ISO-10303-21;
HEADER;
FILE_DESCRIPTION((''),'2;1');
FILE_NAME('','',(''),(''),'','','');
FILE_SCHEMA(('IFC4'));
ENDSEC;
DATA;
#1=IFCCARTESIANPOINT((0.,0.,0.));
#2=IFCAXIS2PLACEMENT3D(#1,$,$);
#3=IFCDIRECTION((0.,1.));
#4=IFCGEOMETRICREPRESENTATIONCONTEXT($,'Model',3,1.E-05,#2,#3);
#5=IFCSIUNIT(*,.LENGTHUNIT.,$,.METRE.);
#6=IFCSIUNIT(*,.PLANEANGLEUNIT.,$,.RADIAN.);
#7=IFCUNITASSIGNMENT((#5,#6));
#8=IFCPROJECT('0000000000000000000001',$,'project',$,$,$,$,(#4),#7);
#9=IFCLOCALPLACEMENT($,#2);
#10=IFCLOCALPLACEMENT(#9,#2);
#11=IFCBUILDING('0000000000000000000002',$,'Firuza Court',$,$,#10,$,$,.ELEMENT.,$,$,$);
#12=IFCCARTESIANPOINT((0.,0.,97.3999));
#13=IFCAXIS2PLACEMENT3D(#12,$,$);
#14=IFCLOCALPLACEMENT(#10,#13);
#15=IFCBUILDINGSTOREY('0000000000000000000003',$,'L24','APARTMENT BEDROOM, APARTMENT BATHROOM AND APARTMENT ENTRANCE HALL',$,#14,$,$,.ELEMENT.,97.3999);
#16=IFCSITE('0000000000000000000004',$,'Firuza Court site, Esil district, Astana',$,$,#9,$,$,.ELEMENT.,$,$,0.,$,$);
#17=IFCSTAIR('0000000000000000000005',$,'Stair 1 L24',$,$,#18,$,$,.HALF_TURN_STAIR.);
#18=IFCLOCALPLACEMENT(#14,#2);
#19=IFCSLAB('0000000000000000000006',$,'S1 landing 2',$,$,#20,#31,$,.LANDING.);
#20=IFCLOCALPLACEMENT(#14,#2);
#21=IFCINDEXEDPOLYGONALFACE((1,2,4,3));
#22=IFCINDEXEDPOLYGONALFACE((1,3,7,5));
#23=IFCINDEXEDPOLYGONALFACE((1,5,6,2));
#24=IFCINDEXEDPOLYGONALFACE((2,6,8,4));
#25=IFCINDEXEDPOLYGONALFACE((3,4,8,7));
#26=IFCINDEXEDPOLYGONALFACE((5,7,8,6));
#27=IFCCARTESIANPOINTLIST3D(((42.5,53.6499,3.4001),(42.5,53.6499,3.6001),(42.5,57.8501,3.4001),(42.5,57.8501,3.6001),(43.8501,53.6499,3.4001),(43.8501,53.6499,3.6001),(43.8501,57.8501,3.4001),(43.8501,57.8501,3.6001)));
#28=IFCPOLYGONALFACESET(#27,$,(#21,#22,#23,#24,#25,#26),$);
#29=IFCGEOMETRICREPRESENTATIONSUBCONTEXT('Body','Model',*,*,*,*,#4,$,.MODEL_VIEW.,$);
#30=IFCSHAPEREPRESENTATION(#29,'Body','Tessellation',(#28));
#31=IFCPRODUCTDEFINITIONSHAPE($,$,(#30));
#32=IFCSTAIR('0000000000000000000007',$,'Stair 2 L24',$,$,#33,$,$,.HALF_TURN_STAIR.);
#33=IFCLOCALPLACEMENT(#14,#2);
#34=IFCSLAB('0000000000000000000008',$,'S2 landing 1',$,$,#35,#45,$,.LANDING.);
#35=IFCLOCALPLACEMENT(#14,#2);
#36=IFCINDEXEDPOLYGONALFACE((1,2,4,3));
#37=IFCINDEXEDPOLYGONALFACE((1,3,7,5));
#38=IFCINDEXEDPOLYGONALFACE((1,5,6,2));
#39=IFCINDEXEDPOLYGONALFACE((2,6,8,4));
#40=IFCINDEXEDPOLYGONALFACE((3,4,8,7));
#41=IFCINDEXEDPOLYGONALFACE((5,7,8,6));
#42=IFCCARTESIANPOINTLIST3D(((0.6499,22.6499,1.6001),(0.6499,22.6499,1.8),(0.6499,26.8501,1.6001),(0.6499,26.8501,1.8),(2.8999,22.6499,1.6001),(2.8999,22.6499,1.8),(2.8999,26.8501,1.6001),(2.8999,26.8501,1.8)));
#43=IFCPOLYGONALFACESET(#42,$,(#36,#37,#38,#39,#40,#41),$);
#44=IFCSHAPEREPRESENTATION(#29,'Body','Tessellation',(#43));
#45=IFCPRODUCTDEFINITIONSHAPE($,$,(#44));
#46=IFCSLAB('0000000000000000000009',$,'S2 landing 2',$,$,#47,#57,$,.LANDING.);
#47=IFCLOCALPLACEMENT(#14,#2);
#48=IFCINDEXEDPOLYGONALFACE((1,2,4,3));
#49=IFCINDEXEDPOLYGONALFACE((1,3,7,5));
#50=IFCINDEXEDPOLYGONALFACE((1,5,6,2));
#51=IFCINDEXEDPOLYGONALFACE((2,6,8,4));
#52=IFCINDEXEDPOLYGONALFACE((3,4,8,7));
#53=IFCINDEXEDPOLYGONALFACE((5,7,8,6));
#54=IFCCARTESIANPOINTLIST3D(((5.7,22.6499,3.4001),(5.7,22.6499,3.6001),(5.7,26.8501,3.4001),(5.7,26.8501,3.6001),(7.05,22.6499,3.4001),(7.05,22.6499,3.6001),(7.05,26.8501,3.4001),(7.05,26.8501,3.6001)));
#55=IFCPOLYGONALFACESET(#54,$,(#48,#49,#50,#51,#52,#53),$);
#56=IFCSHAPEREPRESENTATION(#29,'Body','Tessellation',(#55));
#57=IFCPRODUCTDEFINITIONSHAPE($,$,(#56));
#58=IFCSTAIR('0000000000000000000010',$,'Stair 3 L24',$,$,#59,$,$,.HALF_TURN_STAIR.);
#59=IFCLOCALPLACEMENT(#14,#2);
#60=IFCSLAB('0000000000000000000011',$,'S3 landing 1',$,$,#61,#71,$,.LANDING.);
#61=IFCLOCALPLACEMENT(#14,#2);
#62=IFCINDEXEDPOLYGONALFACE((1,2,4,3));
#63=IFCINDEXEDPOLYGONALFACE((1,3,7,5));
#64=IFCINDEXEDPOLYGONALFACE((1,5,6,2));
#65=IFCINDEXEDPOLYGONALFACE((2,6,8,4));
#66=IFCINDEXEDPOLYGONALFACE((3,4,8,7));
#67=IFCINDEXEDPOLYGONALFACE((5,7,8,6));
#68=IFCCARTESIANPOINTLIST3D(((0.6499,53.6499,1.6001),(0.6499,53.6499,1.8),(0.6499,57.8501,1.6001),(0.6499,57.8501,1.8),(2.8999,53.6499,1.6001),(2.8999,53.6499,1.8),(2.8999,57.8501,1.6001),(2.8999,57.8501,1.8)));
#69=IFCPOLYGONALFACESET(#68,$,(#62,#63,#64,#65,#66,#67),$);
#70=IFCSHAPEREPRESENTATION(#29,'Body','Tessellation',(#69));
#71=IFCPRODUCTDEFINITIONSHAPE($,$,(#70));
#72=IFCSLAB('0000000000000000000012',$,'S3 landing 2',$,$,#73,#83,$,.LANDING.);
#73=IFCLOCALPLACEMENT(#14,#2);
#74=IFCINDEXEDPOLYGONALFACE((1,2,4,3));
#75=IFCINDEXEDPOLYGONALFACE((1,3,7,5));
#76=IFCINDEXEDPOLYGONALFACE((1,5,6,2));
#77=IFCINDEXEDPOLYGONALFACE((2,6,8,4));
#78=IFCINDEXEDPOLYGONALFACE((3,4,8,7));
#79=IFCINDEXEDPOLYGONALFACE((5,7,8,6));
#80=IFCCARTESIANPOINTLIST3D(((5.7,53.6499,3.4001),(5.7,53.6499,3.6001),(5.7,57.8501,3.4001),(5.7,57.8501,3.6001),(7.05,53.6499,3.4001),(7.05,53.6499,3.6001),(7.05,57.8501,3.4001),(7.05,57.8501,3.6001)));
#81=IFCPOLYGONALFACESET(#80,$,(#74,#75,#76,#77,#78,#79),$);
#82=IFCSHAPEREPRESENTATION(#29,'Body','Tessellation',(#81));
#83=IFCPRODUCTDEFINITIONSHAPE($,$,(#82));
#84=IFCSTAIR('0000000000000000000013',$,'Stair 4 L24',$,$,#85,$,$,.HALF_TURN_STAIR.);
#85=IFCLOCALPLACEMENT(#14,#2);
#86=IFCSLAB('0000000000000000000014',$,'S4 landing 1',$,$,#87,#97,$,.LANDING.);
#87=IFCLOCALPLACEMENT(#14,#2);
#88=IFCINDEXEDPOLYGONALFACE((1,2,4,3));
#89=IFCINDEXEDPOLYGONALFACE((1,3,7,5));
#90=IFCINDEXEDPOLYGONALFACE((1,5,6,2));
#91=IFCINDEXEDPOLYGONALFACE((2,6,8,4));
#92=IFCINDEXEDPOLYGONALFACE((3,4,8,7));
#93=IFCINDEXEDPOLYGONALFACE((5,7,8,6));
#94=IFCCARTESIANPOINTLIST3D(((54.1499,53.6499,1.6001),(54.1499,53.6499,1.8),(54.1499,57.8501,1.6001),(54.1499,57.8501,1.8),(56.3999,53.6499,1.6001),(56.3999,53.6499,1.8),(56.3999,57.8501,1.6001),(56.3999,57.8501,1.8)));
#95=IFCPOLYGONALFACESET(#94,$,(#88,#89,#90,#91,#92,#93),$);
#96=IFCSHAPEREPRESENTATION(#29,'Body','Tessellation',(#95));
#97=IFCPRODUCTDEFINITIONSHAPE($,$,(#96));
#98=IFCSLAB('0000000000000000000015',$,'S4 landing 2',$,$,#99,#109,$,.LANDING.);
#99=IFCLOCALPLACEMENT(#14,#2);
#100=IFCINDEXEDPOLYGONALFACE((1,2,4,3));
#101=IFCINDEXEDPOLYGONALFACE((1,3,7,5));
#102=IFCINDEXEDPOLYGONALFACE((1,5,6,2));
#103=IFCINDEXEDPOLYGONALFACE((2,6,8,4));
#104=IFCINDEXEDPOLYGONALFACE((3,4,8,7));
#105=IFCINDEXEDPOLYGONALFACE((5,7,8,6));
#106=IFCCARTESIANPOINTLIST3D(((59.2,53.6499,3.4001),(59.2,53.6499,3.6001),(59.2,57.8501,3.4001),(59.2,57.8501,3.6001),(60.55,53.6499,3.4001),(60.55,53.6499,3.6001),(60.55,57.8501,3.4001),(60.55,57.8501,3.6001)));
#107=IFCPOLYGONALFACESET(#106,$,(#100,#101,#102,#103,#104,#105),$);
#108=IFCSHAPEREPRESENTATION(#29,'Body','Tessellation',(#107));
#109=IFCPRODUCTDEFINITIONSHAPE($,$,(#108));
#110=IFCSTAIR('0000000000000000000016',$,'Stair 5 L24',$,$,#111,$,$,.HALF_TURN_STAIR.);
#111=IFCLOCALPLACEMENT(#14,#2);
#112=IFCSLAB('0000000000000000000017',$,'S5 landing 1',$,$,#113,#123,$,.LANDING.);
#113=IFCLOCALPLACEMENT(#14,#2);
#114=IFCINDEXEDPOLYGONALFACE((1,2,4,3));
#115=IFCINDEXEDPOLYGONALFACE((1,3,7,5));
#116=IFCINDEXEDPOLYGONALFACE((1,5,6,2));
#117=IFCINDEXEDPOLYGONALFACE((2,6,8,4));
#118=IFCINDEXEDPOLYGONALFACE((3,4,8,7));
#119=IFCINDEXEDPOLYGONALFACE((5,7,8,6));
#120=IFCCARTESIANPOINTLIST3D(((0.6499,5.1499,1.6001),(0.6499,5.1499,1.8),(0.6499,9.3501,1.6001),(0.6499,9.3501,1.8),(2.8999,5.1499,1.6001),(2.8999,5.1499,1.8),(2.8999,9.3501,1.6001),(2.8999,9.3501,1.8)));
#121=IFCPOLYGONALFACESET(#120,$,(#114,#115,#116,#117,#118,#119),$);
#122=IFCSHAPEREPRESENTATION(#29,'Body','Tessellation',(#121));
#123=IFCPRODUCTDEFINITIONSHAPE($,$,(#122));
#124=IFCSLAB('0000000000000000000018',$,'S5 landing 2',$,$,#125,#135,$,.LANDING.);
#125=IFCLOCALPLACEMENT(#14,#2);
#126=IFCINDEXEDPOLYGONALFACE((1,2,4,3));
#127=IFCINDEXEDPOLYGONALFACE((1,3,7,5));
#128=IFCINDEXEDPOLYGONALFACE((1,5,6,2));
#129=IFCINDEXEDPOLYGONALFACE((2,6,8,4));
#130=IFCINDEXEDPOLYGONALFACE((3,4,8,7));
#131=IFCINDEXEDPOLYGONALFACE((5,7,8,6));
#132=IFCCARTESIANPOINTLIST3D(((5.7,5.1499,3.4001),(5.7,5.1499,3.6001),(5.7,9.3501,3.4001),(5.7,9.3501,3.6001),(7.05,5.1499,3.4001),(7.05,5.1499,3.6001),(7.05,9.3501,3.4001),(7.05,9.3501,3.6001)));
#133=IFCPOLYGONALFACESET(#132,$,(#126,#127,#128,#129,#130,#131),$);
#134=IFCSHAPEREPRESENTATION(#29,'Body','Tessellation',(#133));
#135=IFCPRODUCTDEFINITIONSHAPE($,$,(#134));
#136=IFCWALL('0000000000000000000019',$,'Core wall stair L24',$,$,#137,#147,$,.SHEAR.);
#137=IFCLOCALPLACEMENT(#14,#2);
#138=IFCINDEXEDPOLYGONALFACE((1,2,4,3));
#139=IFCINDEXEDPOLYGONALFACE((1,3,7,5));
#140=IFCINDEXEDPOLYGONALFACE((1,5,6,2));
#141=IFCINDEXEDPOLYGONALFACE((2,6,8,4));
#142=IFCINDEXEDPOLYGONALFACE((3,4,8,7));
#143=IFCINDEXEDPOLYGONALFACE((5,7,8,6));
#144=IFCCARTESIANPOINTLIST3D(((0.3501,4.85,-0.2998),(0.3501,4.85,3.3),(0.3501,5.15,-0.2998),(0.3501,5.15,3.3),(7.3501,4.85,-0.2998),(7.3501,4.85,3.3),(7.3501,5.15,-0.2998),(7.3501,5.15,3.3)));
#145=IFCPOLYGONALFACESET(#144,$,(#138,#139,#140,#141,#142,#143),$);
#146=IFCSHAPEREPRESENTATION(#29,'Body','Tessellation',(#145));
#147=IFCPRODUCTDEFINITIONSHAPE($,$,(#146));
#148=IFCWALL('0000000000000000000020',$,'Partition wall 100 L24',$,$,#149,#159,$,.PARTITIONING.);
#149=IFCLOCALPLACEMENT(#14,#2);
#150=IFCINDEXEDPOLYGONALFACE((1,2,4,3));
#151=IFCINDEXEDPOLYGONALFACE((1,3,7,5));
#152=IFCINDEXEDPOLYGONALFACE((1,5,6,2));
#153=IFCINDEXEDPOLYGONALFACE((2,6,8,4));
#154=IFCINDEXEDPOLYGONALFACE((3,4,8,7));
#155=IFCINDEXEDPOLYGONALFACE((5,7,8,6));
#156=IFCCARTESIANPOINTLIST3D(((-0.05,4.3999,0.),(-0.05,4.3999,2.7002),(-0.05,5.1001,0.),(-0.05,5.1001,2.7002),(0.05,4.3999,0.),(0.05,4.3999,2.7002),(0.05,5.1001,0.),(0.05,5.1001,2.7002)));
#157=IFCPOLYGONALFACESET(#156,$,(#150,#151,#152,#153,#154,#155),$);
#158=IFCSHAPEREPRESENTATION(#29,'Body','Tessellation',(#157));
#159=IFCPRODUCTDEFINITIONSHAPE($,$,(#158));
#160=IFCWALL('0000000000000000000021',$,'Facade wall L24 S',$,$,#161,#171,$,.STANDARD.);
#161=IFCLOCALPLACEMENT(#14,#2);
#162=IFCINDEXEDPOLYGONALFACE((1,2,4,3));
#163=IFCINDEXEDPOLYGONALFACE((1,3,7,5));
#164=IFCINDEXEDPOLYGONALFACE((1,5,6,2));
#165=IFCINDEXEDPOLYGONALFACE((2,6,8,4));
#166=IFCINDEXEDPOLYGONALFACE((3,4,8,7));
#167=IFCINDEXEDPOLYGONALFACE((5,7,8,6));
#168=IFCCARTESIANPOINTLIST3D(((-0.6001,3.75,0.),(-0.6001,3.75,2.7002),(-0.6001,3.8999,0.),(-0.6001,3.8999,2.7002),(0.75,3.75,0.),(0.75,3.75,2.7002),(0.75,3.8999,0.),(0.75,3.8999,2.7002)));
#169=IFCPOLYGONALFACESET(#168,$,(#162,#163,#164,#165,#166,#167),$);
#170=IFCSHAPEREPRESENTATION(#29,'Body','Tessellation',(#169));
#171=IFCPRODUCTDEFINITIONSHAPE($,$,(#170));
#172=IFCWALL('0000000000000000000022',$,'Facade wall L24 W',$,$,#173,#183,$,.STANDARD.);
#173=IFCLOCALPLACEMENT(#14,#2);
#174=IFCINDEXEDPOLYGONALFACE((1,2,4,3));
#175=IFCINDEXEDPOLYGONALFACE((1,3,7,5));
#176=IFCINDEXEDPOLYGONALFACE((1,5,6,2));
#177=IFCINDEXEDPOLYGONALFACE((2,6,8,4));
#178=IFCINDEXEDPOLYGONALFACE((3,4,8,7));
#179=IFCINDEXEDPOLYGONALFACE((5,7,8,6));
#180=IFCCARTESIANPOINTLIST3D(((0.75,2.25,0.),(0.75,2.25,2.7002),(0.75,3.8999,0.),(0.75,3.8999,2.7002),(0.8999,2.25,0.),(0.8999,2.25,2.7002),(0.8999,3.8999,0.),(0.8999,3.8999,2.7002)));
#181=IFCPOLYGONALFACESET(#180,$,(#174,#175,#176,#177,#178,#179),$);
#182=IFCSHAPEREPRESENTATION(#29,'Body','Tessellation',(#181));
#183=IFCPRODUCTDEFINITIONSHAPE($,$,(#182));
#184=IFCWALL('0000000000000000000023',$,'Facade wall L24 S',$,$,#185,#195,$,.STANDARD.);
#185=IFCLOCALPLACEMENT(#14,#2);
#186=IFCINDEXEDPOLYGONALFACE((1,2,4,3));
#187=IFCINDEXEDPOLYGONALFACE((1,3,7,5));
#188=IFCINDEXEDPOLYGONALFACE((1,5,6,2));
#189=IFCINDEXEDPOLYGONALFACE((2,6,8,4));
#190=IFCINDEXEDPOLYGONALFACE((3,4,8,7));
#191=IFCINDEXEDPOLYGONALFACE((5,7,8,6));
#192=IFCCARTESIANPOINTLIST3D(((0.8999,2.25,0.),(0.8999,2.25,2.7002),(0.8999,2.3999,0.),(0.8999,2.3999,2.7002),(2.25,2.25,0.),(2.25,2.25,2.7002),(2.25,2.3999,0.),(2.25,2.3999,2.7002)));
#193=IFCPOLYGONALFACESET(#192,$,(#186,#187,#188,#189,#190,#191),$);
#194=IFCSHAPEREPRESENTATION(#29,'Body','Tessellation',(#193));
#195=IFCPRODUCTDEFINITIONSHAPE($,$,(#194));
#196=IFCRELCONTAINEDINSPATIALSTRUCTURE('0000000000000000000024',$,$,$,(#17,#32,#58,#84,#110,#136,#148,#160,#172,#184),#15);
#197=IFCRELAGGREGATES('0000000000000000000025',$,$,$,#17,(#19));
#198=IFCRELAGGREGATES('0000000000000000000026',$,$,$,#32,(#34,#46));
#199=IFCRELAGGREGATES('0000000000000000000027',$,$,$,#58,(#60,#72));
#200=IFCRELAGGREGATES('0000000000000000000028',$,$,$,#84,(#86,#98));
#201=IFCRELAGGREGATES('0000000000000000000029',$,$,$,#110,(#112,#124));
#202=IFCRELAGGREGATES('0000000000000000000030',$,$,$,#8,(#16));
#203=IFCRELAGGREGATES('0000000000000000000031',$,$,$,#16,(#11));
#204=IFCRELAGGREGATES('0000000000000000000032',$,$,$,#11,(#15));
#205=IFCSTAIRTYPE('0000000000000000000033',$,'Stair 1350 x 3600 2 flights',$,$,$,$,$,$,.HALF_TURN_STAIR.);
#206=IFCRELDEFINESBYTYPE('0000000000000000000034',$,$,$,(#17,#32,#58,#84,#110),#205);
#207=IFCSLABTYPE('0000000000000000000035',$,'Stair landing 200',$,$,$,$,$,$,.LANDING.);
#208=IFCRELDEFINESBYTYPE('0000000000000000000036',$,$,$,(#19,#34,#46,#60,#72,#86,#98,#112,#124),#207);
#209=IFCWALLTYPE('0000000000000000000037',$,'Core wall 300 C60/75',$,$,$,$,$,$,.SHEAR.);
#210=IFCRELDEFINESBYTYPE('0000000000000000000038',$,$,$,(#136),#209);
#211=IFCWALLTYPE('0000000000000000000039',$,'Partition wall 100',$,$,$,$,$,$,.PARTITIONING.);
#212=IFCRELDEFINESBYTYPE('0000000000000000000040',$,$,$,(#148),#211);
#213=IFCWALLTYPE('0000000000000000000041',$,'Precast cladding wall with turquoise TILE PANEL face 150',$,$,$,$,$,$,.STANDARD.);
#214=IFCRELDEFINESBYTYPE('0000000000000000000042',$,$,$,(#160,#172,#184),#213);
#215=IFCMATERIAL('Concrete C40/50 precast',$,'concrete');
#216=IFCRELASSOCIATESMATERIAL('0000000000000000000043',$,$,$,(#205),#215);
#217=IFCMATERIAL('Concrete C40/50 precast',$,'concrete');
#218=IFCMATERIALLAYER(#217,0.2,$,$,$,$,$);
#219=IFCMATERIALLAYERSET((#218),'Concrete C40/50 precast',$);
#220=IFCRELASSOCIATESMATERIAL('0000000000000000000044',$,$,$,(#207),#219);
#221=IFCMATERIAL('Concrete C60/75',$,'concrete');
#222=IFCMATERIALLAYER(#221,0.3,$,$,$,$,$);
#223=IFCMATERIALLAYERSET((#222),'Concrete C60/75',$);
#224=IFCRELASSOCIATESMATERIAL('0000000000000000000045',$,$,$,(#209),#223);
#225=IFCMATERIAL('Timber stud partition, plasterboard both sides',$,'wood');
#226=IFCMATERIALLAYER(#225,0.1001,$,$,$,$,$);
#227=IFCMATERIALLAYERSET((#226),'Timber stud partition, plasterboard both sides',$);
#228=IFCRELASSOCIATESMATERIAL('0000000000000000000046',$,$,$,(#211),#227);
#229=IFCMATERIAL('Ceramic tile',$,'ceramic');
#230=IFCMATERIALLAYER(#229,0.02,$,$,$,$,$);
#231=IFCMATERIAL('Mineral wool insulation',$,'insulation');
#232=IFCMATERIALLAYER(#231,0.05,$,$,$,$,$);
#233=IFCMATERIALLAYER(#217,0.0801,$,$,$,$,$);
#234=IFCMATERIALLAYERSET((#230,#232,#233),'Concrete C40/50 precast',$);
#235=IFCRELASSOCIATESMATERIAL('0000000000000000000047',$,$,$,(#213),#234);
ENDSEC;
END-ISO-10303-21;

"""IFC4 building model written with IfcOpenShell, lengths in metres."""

from ifc_helpers import new_model, si_unit, direction, frame, frame_2d, origin, place, context, subcontext, project, spatial, polyline, rectangle, outline, extrude, material, layer, layer_set, type_object, element, aggregate, save


model = new_model("IFC4")

# Units and contexts
model_context = context("Model", 3, precision=1e-05, world=origin(), true_north=direction((0.0, 1.0)))
body_context = subcontext(model_context, "Body", "Model", "MODEL_VIEW")
ifc_project = project(units=[si_unit("LENGTHUNIT", "METRE"), si_unit("PLANEANGLEUNIT", "RADIAN")], contexts=[model_context])

# Site, building, storey
site_placement = place(None, origin())
site = spatial("IfcSite", under=ifc_project, at=site_placement, Name="Firuza Court site, Esil district, Astana", CompositionType="ELEMENT", RefElevation=0.0)
building_placement = place(site_placement, origin())
building = spatial("IfcBuilding", under=site, at=building_placement, Name="Firuza Court", CompositionType="ELEMENT")
storey_placement = place(building_placement, frame((0.0, 0.0, 97.3999)))
storey = spatial("IfcBuildingStorey", under=building, at=storey_placement, Name="L24", Description="APARTMENT BEDROOM, APARTMENT BATHROOM AND APARTMENT ENTRANCE HALL", CompositionType="ELEMENT", Elevation=97.3999)

# Stairs, slabs
ifc_material_1 = material(Name="Concrete C40/50 precast", Category="concrete")
stair_type = type_object("IfcStairType", Name="Stair 1350 x 3600 2 flights", PredefinedType="HALF_TURN_STAIR", material=ifc_material_1)
stair_1_placement = place(storey_placement, origin())
stair_1 = element("IfcStair", 1, at=stair_1_placement, inside=storey, type_object=stair_type, Name="Stair 1 L24", PredefinedType="HALF_TURN_STAIR")
ifc_material_2 = material(Name="Concrete C40/50 precast", Category="concrete")
ifc_layer_1 = layer(ifc_material_2, 0.2)
ifc_layer_set_1 = layer_set([ifc_layer_1], Name="Concrete C40/50 precast")
slab_type_1 = type_object("IfcSlabType", Name="Stair landing 200", PredefinedType="LANDING", material=ifc_layer_set_1)
slab_1_placement = place(storey_placement, frame((0.0, 0.0, 3.4001)))
slab_1 = element("IfcSlab", 2, at=slab_1_placement, type_object=slab_type_1, Name="S1 landing 2", PredefinedType="LANDING", context=body_context, shape_type="SweptSolid", body=[
    extrude(outline(polyline([(43.8501, 53.6499), (43.8501, 57.8501), (42.5, 57.8501), (42.5, 53.6499), (43.8501, 53.6499)])), origin(), (0.0, 0.0, 1.0), 0.2),
])
aggregate(stair_1, [slab_1])
stair_2_placement = place(storey_placement, origin())
stair_2 = element("IfcStair", 3, at=stair_2_placement, inside=storey, type_object=stair_type, Name="Stair 2 L24", PredefinedType="HALF_TURN_STAIR")
slab_2_placement = place(storey_placement, frame((0.0, 0.0, 1.6001)))
slab_2 = element("IfcSlab", 4, at=slab_2_placement, type_object=slab_type_1, Name="S2 landing 1", PredefinedType="LANDING", context=body_context, shape_type="SweptSolid", body=[
    extrude(outline(polyline([(2.8999, 22.6499), (2.8999, 26.8501), (0.6499, 26.8501), (0.6499, 22.6499), (2.8999, 22.6499)])), origin(), (0.0, 0.0, 1.0), 0.2),
])
slab_3_placement = place(storey_placement, frame((0.0, 0.0, 3.4001)))
slab_3 = element("IfcSlab", 5, at=slab_3_placement, type_object=slab_type_1, Name="S2 landing 2", PredefinedType="LANDING", context=body_context, shape_type="SweptSolid", body=[
    extrude(outline(polyline([(7.05, 22.6499), (7.05, 26.8501), (5.7, 26.8501), (5.7, 22.6499), (7.05, 22.6499)])), origin(), (0.0, 0.0, 1.0), 0.2),
])
aggregate(stair_2, [slab_2, slab_3])
stair_3_placement = place(storey_placement, origin())
stair_3 = element("IfcStair", 6, at=stair_3_placement, inside=storey, type_object=stair_type, Name="Stair 3 L24", PredefinedType="HALF_TURN_STAIR")
slab_4_placement = place(storey_placement, frame((0.0, 0.0, 1.6001)))
slab_4 = element("IfcSlab", 7, at=slab_4_placement, type_object=slab_type_1, Name="S3 landing 1", PredefinedType="LANDING", context=body_context, shape_type="SweptSolid", body=[
    extrude(outline(polyline([(2.8999, 53.6499), (2.8999, 57.8501), (0.6499, 57.8501), (0.6499, 53.6499), (2.8999, 53.6499)])), origin(), (0.0, 0.0, 1.0), 0.2),
])
slab_5_placement = place(storey_placement, frame((0.0, 0.0, 3.4001)))
slab_5 = element("IfcSlab", 8, at=slab_5_placement, type_object=slab_type_1, Name="S3 landing 2", PredefinedType="LANDING", context=body_context, shape_type="SweptSolid", body=[
    extrude(outline(polyline([(7.05, 53.6499), (7.05, 57.8501), (5.7, 57.8501), (5.7, 53.6499), (7.05, 53.6499)])), origin(), (0.0, 0.0, 1.0), 0.2),
])
aggregate(stair_3, [slab_4, slab_5])
stair_4_placement = place(storey_placement, origin())
stair_4 = element("IfcStair", 9, at=stair_4_placement, inside=storey, type_object=stair_type, Name="Stair 4 L24", PredefinedType="HALF_TURN_STAIR")
slab_6_placement = place(storey_placement, frame((0.0, 0.0, 1.6001)))
slab_6 = element("IfcSlab", 10, at=slab_6_placement, type_object=slab_type_1, Name="S4 landing 1", PredefinedType="LANDING", context=body_context, shape_type="SweptSolid", body=[
    extrude(outline(polyline([(56.3999, 53.6499), (56.3999, 57.8501), (54.1499, 57.8501), (54.1499, 53.6499), (56.3999, 53.6499)])), origin(), (0.0, 0.0, 1.0), 0.2),
])
slab_7_placement = place(storey_placement, frame((0.0, 0.0, 3.4001)))
slab_7 = element("IfcSlab", 11, at=slab_7_placement, type_object=slab_type_1, Name="S4 landing 2", PredefinedType="LANDING", context=body_context, shape_type="SweptSolid", body=[
    extrude(outline(polyline([(60.55, 53.6499), (60.55, 57.8501), (59.2, 57.8501), (59.2, 53.6499), (60.55, 53.6499)])), origin(), (0.0, 0.0, 1.0), 0.2),
])
aggregate(stair_4, [slab_6, slab_7])
stair_5_placement = place(storey_placement, origin())
stair_5 = element("IfcStair", 12, at=stair_5_placement, inside=storey, type_object=stair_type, Name="Stair 5 L24", PredefinedType="HALF_TURN_STAIR")
slab_8_placement = place(storey_placement, frame((0.0, 0.0, 1.6001)))
slab_8 = element("IfcSlab", 13, at=slab_8_placement, type_object=slab_type_1, Name="S5 landing 1", PredefinedType="LANDING", context=body_context, shape_type="SweptSolid", body=[
    extrude(outline(polyline([(2.8999, 5.1499), (2.8999, 9.3501), (0.6499, 9.3501), (0.6499, 5.1499), (2.8999, 5.1499)])), origin(), (0.0, 0.0, 1.0), 0.2),
])
slab_9_placement = place(storey_placement, frame((0.0, 0.0, 3.4001)))
slab_9 = element("IfcSlab", 14, at=slab_9_placement, type_object=slab_type_1, Name="S5 landing 2", PredefinedType="LANDING", context=body_context, shape_type="SweptSolid", body=[
    extrude(outline(polyline([(7.05, 5.1499), (7.05, 9.3501), (5.7, 9.3501), (5.7, 5.1499), (7.05, 5.1499)])), origin(), (0.0, 0.0, 1.0), 0.2),
])
aggregate(stair_5, [slab_8, slab_9])

# Walls
ifc_material_3 = material(Name="Concrete C60/75", Category="concrete")
ifc_layer_2 = layer(ifc_material_3, 0.3)
ifc_layer_set_2 = layer_set([ifc_layer_2], Name="Concrete C60/75")
wall_type_1 = type_object("IfcWallType", Name="Core wall 300 C60/75", PredefinedType="SHEAR", material=ifc_layer_set_2)
wall_1_placement = place(storey_placement, frame((0.3501, 5.0, -0.2998), z_axis=(0.0, 0.0, 1.0), x_axis=(1.0, 0.0, 0.0)))
element("IfcWall", 15, at=wall_1_placement, inside=storey, type_object=wall_type_1, Name="Core wall stair L24", PredefinedType="SHEAR", context=body_context, shape_type="SweptSolid", body=[
    extrude(rectangle(XDim=7.0, YDim=0.3, at=frame_2d((3.5, 0.0))), origin(), (0.0, 0.0, 1.0), 3.5999),
])
ifc_material_4 = material(Name="Timber stud partition, plasterboard both sides", Category="wood")
ifc_layer_3 = layer(ifc_material_4, 0.1001)
ifc_layer_set_3 = layer_set([ifc_layer_3], Name="Timber stud partition, plasterboard both sides")
wall_type_2 = type_object("IfcWallType", Name="Partition wall 100", PredefinedType="PARTITIONING", material=ifc_layer_set_3)
wall_2_placement = place(storey_placement, frame((0.0, 4.3999, 0.0), z_axis=(0.0, 0.0, 1.0), x_axis=(0.0, 1.0, 0.0)))
element("IfcWall", 16, at=wall_2_placement, inside=storey, type_object=wall_type_2, Name="Partition wall 100 L24", PredefinedType="PARTITIONING", context=body_context, shape_type="SweptSolid", body=[
    extrude(rectangle(XDim=0.7002, YDim=0.1001, at=frame_2d((0.3501, 0.0))), origin(), (0.0, 0.0, 1.0), 2.7002),
])
ifc_material_5 = material(Name="Ceramic tile", Category="ceramic")
ifc_layer_4 = layer(ifc_material_5, 0.02)
ifc_material_6 = material(Name="Mineral wool insulation", Category="insulation")
ifc_layer_5 = layer(ifc_material_6, 0.05)
ifc_layer_6 = layer(ifc_material_2, 0.0801)
ifc_layer_set_4 = layer_set([ifc_layer_4, ifc_layer_5, ifc_layer_6], Name="Concrete C40/50 precast")
wall_type_3 = type_object("IfcWallType", Name="Precast cladding wall with turquoise TILE PANEL face 150", PredefinedType="STANDARD", material=ifc_layer_set_4)
wall_3_placement = place(storey_placement, frame((-0.6001, 3.825, 0.0), z_axis=(0.0, 0.0, 1.0), x_axis=(1.0, 0.0, 0.0)))
element("IfcWall", 17, at=wall_3_placement, inside=storey, type_object=wall_type_3, Name="Facade wall L24 S", PredefinedType="STANDARD", context=body_context, shape_type="SweptSolid", body=[
    extrude(rectangle(XDim=1.3501, YDim=0.1499, at=frame_2d((0.675, 0.0))), origin(), (0.0, 0.0, 1.0), 2.7002),
])
wall_4_placement = place(storey_placement, frame((0.825, 3.8999, 0.0), z_axis=(0.0, 0.0, 1.0), x_axis=(0.0, -1.0, 0.0)))
element("IfcWall", 18, at=wall_4_placement, inside=storey, type_object=wall_type_3, Name="Facade wall L24 W", PredefinedType="STANDARD", context=body_context, shape_type="SweptSolid", body=[
    extrude(rectangle(XDim=1.6499, YDim=0.1499, at=frame_2d((0.825, 0.0))), origin(), (0.0, 0.0, 1.0), 2.7002),
])
wall_5_placement = place(storey_placement, frame((0.8999, 2.325, 0.0), z_axis=(0.0, 0.0, 1.0), x_axis=(1.0, 0.0, 0.0)))
element("IfcWall", 19, at=wall_5_placement, inside=storey, type_object=wall_type_3, Name="Facade wall L24 S", PredefinedType="STANDARD", context=body_context, shape_type="SweptSolid", body=[
    extrude(rectangle(XDim=1.3501, YDim=0.1499, at=frame_2d((0.675, 0.0))), origin(), (0.0, 0.0, 1.0), 2.7002),
])

save(model, "model.ifc")
